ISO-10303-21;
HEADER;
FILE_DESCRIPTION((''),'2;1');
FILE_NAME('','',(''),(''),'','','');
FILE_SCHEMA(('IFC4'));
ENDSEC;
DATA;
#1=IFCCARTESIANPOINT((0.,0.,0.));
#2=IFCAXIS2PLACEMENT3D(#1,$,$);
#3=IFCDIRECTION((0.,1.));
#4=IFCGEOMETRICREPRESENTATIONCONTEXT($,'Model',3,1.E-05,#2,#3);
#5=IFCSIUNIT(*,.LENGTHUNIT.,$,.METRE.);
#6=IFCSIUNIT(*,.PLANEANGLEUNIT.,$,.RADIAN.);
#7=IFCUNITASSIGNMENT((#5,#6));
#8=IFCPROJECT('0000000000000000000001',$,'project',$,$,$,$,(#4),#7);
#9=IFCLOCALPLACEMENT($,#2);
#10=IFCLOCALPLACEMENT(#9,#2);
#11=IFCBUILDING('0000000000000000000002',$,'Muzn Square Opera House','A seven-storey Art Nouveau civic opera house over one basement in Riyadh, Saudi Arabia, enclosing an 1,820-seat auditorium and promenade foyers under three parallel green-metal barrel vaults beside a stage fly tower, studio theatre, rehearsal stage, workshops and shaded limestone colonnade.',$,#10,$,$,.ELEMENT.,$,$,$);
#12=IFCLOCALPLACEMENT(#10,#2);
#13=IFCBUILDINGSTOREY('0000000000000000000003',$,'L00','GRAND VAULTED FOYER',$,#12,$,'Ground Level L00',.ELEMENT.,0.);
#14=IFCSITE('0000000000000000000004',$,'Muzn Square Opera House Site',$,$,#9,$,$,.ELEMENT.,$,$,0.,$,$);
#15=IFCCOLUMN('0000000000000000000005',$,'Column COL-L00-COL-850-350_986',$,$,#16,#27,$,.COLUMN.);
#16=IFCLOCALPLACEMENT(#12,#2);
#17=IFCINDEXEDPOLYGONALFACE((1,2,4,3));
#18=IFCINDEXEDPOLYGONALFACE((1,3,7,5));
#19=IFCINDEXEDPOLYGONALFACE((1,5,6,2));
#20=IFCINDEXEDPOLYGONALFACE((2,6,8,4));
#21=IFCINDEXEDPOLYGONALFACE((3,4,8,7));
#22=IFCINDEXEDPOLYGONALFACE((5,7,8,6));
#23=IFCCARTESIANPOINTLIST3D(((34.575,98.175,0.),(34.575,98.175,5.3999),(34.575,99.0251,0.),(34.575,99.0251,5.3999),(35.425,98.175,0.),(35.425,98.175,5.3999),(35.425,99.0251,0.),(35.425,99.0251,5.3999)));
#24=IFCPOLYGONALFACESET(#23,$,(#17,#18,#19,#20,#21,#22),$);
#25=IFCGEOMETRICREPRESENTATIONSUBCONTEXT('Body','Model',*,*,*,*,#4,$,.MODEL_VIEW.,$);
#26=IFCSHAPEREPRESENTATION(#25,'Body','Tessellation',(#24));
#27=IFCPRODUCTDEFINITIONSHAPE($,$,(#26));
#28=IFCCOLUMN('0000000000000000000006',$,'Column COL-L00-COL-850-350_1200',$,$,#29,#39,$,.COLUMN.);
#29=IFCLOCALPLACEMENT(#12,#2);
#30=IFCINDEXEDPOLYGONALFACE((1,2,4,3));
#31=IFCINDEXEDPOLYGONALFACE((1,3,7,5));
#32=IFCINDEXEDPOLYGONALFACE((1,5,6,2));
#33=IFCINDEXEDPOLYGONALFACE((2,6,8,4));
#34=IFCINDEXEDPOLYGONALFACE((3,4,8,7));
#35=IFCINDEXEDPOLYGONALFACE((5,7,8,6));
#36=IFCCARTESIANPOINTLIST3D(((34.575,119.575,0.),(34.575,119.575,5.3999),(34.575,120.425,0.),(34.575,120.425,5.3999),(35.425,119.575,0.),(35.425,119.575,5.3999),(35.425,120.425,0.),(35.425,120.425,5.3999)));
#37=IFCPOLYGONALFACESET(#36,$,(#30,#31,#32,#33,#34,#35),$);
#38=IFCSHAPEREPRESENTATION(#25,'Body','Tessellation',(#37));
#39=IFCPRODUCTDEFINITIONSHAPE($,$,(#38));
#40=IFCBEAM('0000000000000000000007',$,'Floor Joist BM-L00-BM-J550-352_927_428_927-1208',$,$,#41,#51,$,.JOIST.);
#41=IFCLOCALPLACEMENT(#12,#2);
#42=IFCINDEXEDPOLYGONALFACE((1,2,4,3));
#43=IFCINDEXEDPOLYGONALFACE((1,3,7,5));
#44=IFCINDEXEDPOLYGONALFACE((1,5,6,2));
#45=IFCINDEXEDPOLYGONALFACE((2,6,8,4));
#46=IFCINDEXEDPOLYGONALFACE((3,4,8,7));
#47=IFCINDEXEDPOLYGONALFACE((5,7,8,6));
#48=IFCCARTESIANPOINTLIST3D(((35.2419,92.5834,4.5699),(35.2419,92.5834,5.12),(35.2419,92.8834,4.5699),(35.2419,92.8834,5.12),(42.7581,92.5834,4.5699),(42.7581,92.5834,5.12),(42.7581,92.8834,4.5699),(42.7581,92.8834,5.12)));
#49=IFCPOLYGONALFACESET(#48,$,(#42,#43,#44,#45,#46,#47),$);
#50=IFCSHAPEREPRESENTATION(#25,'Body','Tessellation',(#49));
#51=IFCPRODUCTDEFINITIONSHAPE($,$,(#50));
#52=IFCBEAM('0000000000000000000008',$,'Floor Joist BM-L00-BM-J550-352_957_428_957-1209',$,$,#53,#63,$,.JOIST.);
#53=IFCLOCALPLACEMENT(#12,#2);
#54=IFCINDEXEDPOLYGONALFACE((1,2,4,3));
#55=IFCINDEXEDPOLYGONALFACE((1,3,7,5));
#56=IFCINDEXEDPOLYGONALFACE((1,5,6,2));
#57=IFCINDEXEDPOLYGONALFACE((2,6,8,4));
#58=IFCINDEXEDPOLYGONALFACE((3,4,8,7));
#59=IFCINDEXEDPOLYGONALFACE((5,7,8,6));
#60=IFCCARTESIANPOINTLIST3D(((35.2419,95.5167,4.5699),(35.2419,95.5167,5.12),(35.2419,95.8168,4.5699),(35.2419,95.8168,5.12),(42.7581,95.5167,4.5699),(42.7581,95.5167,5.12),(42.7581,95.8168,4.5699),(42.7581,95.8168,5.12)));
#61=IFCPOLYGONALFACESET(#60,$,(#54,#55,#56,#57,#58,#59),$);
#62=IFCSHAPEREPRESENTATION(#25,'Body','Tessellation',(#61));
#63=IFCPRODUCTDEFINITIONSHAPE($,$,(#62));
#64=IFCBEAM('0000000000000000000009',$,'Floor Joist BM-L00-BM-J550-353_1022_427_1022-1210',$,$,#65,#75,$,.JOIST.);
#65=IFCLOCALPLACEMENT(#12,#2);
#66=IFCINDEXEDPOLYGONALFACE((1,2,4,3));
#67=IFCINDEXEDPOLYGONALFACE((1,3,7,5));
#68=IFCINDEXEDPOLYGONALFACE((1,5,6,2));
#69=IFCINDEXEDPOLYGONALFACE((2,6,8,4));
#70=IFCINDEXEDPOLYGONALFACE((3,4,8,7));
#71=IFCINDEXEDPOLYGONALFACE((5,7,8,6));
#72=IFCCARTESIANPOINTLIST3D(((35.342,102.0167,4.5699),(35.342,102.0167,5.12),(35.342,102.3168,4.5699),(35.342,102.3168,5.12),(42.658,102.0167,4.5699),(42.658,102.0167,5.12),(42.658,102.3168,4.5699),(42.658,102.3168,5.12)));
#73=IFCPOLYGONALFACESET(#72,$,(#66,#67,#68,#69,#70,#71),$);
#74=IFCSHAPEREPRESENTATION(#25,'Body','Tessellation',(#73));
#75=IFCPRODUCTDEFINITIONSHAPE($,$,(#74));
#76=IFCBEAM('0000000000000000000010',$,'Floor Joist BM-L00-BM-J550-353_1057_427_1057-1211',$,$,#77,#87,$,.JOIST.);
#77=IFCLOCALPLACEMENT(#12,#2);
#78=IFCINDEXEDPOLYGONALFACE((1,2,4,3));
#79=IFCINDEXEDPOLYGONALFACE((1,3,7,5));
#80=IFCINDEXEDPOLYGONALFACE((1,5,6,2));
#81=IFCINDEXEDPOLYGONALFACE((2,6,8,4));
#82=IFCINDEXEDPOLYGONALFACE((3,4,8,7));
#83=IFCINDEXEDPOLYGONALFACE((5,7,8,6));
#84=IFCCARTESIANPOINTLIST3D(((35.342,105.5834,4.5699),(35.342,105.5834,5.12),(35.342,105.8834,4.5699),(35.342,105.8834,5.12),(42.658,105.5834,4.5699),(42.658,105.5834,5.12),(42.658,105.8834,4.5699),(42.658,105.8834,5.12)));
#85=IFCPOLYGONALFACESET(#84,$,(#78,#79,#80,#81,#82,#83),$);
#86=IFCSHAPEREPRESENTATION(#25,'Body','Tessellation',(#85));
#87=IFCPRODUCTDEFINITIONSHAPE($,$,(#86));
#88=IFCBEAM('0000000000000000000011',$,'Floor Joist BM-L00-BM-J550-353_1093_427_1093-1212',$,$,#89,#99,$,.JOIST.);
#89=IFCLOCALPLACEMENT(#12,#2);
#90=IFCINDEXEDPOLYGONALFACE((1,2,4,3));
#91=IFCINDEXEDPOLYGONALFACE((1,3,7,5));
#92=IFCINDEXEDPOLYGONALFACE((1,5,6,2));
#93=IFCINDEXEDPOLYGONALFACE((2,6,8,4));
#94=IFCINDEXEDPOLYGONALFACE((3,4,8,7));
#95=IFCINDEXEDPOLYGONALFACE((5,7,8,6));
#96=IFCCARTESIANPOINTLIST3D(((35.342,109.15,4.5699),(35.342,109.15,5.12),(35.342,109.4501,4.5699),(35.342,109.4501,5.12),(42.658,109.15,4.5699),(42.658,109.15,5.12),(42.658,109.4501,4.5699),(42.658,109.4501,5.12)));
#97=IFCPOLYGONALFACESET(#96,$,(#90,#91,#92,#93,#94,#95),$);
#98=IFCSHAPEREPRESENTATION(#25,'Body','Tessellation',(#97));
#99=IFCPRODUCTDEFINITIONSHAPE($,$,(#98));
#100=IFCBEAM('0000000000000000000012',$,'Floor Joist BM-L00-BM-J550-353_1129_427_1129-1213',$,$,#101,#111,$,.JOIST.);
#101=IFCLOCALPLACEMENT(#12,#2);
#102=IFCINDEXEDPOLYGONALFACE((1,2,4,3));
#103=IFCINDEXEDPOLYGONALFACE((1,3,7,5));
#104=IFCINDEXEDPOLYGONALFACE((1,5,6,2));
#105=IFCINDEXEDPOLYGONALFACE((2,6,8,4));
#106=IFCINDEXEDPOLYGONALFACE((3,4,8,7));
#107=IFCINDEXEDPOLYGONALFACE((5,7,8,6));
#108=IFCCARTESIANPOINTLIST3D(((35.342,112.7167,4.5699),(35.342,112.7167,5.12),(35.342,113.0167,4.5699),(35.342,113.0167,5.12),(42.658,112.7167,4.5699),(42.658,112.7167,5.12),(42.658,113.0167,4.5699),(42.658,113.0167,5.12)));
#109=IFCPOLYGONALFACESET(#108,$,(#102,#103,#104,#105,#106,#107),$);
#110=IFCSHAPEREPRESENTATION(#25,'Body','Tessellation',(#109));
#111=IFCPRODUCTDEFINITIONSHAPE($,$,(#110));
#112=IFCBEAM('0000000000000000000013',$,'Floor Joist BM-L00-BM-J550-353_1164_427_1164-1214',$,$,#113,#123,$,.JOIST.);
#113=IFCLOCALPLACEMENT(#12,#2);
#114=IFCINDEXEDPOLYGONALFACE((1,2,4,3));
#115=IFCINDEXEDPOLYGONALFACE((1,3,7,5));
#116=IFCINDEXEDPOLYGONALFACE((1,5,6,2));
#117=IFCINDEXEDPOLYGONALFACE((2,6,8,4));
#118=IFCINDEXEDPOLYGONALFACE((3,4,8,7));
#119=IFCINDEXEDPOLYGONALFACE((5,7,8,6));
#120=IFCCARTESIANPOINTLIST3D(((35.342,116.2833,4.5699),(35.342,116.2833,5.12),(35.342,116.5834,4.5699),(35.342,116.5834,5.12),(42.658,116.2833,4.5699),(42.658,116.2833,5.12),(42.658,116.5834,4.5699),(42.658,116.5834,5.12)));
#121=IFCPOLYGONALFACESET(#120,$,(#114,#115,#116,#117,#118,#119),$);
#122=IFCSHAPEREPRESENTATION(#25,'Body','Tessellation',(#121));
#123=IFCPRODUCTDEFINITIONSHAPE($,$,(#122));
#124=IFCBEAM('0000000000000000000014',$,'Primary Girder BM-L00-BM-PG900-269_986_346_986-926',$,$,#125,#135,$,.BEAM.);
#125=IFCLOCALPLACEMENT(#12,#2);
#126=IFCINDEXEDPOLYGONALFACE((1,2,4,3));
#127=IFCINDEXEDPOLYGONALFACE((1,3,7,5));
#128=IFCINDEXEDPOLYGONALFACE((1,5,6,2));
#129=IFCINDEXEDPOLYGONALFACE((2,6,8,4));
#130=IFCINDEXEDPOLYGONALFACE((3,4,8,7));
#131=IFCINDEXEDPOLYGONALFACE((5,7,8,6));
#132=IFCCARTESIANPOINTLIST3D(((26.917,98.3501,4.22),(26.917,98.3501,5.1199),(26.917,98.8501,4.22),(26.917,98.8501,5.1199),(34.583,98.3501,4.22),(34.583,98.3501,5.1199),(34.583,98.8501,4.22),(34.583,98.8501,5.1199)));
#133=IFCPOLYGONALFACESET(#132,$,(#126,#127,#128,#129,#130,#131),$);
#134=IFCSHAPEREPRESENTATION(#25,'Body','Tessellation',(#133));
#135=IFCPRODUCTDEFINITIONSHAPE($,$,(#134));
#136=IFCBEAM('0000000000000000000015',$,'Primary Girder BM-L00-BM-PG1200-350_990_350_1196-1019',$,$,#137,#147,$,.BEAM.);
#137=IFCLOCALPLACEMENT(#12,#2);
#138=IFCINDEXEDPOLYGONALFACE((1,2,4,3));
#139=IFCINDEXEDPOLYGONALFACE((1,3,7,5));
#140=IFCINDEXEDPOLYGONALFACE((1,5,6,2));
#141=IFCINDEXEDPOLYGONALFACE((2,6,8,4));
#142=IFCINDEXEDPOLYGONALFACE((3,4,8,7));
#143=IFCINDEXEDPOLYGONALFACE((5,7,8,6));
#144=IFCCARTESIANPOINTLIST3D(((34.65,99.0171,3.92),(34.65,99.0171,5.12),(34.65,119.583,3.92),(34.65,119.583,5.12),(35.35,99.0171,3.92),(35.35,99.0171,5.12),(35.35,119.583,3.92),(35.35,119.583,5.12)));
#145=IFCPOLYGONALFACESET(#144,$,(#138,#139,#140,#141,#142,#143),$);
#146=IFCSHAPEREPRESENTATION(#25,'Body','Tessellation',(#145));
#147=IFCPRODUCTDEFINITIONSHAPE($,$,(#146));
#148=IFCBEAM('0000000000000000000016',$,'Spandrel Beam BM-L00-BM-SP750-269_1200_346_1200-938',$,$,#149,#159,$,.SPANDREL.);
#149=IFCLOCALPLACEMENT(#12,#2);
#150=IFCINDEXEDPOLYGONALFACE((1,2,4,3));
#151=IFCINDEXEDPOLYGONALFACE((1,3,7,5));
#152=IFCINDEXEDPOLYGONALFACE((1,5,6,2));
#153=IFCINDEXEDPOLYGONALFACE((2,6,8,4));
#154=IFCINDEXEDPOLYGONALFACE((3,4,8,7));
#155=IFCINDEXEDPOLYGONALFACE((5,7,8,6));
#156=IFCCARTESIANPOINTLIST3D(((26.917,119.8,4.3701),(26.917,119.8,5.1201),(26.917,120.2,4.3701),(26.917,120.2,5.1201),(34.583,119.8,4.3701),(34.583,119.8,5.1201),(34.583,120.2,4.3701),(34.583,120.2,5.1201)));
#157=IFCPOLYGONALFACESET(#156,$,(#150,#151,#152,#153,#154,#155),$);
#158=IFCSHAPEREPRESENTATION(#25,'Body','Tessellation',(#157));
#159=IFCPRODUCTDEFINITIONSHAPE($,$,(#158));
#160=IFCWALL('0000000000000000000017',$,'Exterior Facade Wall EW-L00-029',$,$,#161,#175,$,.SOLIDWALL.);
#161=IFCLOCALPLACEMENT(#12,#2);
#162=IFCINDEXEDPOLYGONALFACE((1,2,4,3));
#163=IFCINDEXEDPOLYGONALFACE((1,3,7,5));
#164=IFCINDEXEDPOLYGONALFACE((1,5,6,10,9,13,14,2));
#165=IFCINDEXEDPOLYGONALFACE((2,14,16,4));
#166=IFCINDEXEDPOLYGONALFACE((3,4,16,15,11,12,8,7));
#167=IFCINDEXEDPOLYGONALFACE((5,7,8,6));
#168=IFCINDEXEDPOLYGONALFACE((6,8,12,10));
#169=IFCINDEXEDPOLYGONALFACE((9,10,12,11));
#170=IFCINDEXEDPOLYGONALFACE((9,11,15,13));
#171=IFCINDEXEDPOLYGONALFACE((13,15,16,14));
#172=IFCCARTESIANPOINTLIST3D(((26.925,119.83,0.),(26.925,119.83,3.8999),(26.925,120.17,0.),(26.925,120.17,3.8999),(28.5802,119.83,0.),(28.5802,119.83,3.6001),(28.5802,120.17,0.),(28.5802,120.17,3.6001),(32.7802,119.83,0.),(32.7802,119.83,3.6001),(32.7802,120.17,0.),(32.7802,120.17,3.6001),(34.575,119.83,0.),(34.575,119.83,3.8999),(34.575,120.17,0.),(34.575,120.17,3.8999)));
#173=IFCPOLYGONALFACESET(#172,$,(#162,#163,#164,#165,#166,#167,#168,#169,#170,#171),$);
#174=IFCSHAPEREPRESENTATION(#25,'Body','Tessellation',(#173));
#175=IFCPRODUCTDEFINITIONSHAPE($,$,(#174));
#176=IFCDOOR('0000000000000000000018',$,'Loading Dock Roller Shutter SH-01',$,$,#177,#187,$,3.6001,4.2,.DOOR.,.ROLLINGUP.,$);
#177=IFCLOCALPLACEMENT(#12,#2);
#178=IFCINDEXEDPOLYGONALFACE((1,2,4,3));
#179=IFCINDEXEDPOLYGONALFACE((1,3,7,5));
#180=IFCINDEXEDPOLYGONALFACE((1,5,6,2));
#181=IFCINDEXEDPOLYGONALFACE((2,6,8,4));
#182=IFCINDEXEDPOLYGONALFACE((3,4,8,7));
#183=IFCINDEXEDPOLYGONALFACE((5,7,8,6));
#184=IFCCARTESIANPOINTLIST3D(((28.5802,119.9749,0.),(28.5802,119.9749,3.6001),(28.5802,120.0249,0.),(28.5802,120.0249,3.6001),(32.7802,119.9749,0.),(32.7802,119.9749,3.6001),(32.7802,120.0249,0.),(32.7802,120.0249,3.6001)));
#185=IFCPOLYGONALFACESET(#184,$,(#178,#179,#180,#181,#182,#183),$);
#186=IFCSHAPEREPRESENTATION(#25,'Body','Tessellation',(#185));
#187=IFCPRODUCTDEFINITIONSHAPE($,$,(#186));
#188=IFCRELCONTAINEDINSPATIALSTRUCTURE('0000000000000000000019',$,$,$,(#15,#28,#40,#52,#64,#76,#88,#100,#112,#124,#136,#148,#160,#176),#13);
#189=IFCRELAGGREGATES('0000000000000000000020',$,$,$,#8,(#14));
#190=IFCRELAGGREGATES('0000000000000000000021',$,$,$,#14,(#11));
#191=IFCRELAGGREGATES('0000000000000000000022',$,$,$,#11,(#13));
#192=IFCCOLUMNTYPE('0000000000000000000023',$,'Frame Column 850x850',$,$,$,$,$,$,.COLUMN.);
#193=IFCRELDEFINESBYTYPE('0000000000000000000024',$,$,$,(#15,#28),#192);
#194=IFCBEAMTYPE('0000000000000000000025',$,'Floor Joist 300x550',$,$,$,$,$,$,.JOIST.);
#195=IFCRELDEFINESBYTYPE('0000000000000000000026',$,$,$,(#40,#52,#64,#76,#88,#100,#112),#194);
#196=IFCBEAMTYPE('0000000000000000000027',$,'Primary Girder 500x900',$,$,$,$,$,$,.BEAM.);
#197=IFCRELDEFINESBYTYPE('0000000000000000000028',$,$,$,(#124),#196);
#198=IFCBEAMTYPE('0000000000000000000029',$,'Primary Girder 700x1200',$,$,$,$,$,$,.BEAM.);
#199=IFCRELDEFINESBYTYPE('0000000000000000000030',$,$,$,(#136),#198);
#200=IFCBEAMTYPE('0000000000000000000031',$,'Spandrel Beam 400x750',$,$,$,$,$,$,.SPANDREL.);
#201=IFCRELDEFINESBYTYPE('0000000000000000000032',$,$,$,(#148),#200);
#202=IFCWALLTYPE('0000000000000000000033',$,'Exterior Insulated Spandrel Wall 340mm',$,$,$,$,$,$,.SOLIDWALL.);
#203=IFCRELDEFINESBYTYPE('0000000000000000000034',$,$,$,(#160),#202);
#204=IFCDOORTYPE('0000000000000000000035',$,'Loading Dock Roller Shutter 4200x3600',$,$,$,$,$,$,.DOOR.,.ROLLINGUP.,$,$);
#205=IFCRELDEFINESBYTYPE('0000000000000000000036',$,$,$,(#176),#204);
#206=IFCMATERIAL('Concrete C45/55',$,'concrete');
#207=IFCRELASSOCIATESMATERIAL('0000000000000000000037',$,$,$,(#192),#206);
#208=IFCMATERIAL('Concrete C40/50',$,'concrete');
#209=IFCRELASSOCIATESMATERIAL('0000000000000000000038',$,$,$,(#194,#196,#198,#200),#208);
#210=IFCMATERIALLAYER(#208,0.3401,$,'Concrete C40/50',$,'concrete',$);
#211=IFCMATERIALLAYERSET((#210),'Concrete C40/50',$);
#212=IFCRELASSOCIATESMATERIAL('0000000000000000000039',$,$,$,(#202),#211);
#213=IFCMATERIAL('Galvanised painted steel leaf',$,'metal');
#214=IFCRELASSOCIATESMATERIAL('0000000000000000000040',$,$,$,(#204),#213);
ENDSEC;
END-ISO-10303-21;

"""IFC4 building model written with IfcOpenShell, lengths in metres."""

from ifc_helpers import new_model, si_unit, direction, frame, frame_2d, origin, origin_2d, place, context, subcontext, project, spatial, rectangle, extrude, material, layer, layer_set, material_profile, profile_set, type_object, element, fill, save


model = new_model("IFC4")

# Units and contexts
model_context = context("Model", 3, precision=1e-05, world=origin(), true_north=direction((0.0, 1.0)))
body_context = subcontext(model_context, "Body", "Model", "MODEL_VIEW")
ifc_project = project(units=[si_unit("LENGTHUNIT", "METRE"), si_unit("PLANEANGLEUNIT", "RADIAN")], contexts=[model_context])

# Site, building, storey
site_placement = place(None, origin())
site = spatial("IfcSite", under=ifc_project, at=site_placement, Name="Muzn Square Opera House Site", CompositionType="ELEMENT", RefElevation=0.0)
building_placement = place(site_placement, origin())
building = spatial("IfcBuilding", under=site, at=building_placement, Name="Muzn Square Opera House", Description="A seven-storey Art Nouveau civic opera house over one basement in Riyadh, Saudi Arabia, enclosing an 1,820-seat auditorium and promenade foyers under three parallel green-metal barrel vaults beside a stage fly tower, studio theatre, rehearsal stage, workshops and shaded limestone colonnade.", CompositionType="ELEMENT")
storey_placement = place(building_placement, origin())
storey = spatial("IfcBuildingStorey", under=building, at=storey_placement, Name="L00", Description="GRAND VAULTED FOYER", LongName="Ground Level L00", CompositionType="ELEMENT", Elevation=0.0)

# Columns
ifc_material_1 = material(Name="Concrete C45/55", Category="concrete")
ifc_material_profile_1 = material_profile(ifc_material_1, rectangle(XDim=0.8501, YDim=0.8501, at=origin_2d()), Name="RC 850x850", Category="concrete")
ifc_profile_set_1 = profile_set([ifc_material_profile_1], Name="Concrete C45/55")
column_type = type_object("IfcColumnType", Name="Frame Column 850x850", PredefinedType="COLUMN", material=ifc_profile_set_1)
for number, where, z_axis, x_axis, name in (
    (1, (35.0, 98.6001, 0.0), (0.0, 0.0, 1.0), (1.0, 0.0, 0.0), "Column COL-L00-COL-850-350_986"),
    (2, (35.0, 120.0, 0.0), (0.0, 0.0, 1.0), (1.0, 0.0, 0.0), "Column COL-L00-COL-850-350_1200"),
):
    element("IfcColumn", number, at=place(storey_placement, frame(where, z_axis=z_axis, x_axis=x_axis)), inside=storey, type_object=column_type, Name=name, PredefinedType="COLUMN", context=body_context, shape_type="SweptSolid", body=[
        extrude(rectangle(XDim=0.8501, YDim=0.8501, at=origin_2d()), origin(), (0.0, 0.0, 1.0), 5.3999),
    ])

# Beams
ifc_material_2 = material(Name="Concrete C40/50", Category="concrete")
ifc_material_profile_2 = material_profile(ifc_material_2, rectangle(XDim=0.3, YDim=0.55, at=origin_2d()), Name="RCJ 300x550", Category="concrete")
ifc_profile_set_2 = profile_set([ifc_material_profile_2], Name="Concrete C40/50")
beam_type_1 = type_object("IfcBeamType", Name="Floor Joist 300x550", PredefinedType="JOIST", material=ifc_profile_set_2)
for number, where, z_axis, x_axis, name in (
    (3, (35.2419, 92.7334, 4.845), (1.0, 0.0, 0.0), (0.0, 1.0, 0.0), "Floor Joist BM-L00-BM-J550-352_927_428_927-1208"),
    (4, (35.2419, 95.6667, 4.845), (1.0, 0.0, 0.0), (0.0, 1.0, 0.0), "Floor Joist BM-L00-BM-J550-352_957_428_957-1209"),
):
    element("IfcBeam", number, at=place(storey_placement, frame(where, z_axis=z_axis, x_axis=x_axis)), inside=storey, type_object=beam_type_1, Name=name, PredefinedType="JOIST", context=body_context, shape_type="SweptSolid", body=[
        extrude(rectangle(XDim=0.3, YDim=0.55, at=origin_2d()), origin(), (0.0, 0.0, 1.0), 7.5161),
    ])
for number, where, z_axis, x_axis, name in (
    (5, (35.342, 102.1667, 4.845), (1.0, 0.0, 0.0), (0.0, 1.0, 0.0), "Floor Joist BM-L00-BM-J550-353_1022_427_1022-1210"),
    (6, (35.342, 105.7334, 4.845), (1.0, 0.0, 0.0), (0.0, 1.0, 0.0), "Floor Joist BM-L00-BM-J550-353_1057_427_1057-1211"),
    (7, (35.342, 109.3, 4.845), (1.0, 0.0, 0.0), (0.0, 1.0, 0.0), "Floor Joist BM-L00-BM-J550-353_1093_427_1093-1212"),
    (8, (35.342, 112.8667, 4.845), (1.0, 0.0, 0.0), (0.0, 1.0, 0.0), "Floor Joist BM-L00-BM-J550-353_1129_427_1129-1213"),
    (9, (35.342, 116.4333, 4.845), (1.0, 0.0, 0.0), (0.0, 1.0, 0.0), "Floor Joist BM-L00-BM-J550-353_1164_427_1164-1214"),
):
    element("IfcBeam", number, at=place(storey_placement, frame(where, z_axis=z_axis, x_axis=x_axis)), inside=storey, type_object=beam_type_1, Name=name, PredefinedType="JOIST", context=body_context, shape_type="SweptSolid", body=[
        extrude(rectangle(XDim=0.3, YDim=0.55, at=origin_2d()), origin(), (0.0, 0.0, 1.0), 7.3159),
    ])
ifc_material_profile_3 = material_profile(ifc_material_2, rectangle(XDim=0.5, YDim=0.8999, at=origin_2d()), Name="RCB 500x900", Category="concrete")
ifc_profile_set_3 = profile_set([ifc_material_profile_3], Name="Concrete C40/50")
beam_type_2 = type_object("IfcBeamType", Name="Primary Girder 500x900", PredefinedType="BEAM", material=ifc_profile_set_3)
beam_1_placement = place(storey_placement, frame((26.917, 98.6001, 4.6699), z_axis=(1.0, 0.0, 0.0), x_axis=(0.0, 1.0, 0.0)))
element("IfcBeam", 10, at=beam_1_placement, inside=storey, type_object=beam_type_2, Name="Primary Girder BM-L00-BM-PG900-269_986_346_986-926", PredefinedType="BEAM", context=body_context, shape_type="SweptSolid", body=[
    extrude(rectangle(XDim=0.5, YDim=0.8999, at=origin_2d()), origin(), (0.0, 0.0, 1.0), 7.666),
])
ifc_material_profile_4 = material_profile(ifc_material_2, rectangle(XDim=0.7, YDim=1.2, at=origin_2d()), Name="RCB 700x1200", Category="concrete")
ifc_profile_set_4 = profile_set([ifc_material_profile_4], Name="Concrete C40/50")
beam_type_3 = type_object("IfcBeamType", Name="Primary Girder 700x1200", PredefinedType="BEAM", material=ifc_profile_set_4)
beam_2_placement = place(storey_placement, frame((35.0, 99.0171, 4.52), z_axis=(0.0, 1.0, 0.0), x_axis=(-1.0, 0.0, 0.0)))
element("IfcBeam", 11, at=beam_2_placement, inside=storey, type_object=beam_type_3, Name="Primary Girder BM-L00-BM-PG1200-350_990_350_1196-1019", PredefinedType="BEAM", context=body_context, shape_type="SweptSolid", body=[
    extrude(rectangle(XDim=0.7, YDim=1.2, at=origin_2d()), origin(), (0.0, 0.0, 1.0), 20.5659),
])
ifc_material_profile_5 = material_profile(ifc_material_2, rectangle(XDim=0.3999, YDim=0.75, at=origin_2d()), Name="RCS 400x750", Category="concrete")
ifc_profile_set_5 = profile_set([ifc_material_profile_5], Name="Concrete C40/50")
beam_type_4 = type_object("IfcBeamType", Name="Spandrel Beam 400x750", PredefinedType="SPANDREL", material=ifc_profile_set_5)
beam_3_placement = place(storey_placement, frame((26.917, 120.0, 4.7451), z_axis=(1.0, 0.0, 0.0), x_axis=(0.0, 1.0, 0.0)))
element("IfcBeam", 12, at=beam_3_placement, inside=storey, type_object=beam_type_4, Name="Spandrel Beam BM-L00-BM-SP750-269_1200_346_1200-938", PredefinedType="SPANDREL", context=body_context, shape_type="SweptSolid", body=[
    extrude(rectangle(XDim=0.3999, YDim=0.75, at=origin_2d()), origin(), (0.0, 0.0, 1.0), 7.666),
])

# Wall, opening, door
ifc_layer_1 = layer(ifc_material_2, 0.3401, Name="Concrete C40/50", Category="concrete")
ifc_layer_set_1 = layer_set([ifc_layer_1], Name="Concrete C40/50")
wall_type_1 = type_object("IfcWallType", Name="Exterior Insulated Spandrel Wall 340mm", PredefinedType="SOLIDWALL", material=ifc_layer_set_1)
wall_1_placement = place(storey_placement, frame((26.925, 120.0, 0.0), z_axis=(0.0, 0.0, 1.0), x_axis=(1.0, 0.0, 0.0)))
wall_1 = element("IfcWall", 13, at=wall_1_placement, inside=storey, type_object=wall_type_1, Name="Exterior Facade Wall EW-L00-029", PredefinedType="SOLIDWALL", context=body_context, shape_type="SweptSolid", body=[
    extrude(rectangle(XDim=7.6499, YDim=0.3401, at=frame_2d((3.825, 0.0))), origin(), (0.0, 0.0, 1.0), 3.8999),
])
opening_placement = place(wall_1_placement, frame((1.655, 0.0, 0.0)))
opening = element("IfcOpeningElement", 14, at=opening_placement, cuts=wall_1, PredefinedType="OPENING", context=body_context, shape_type="SweptSolid", body=[
    extrude(rectangle(XDim=4.2, YDim=3.6001, at=frame_2d((2.1001, 1.8))), frame((0.0, 0.1799, 0.0), z_axis=(0.0, -1.0, 0.0), x_axis=(1.0, 0.0, 0.0)), (0.0, 0.0, 1.0), 0.3601),
])
ifc_material_3 = material(Name="Galvanised painted steel leaf", Category="metal")
door_type = type_object("IfcDoorType", Name="Loading Dock Roller Shutter 4200x3600", OperationType="ROLLINGUP", PredefinedType="DOOR", material=ifc_material_3)
door_placement = place(opening_placement, origin())
door = element("IfcDoor", 15, at=door_placement, inside=storey, type_object=door_type, Name="Loading Dock Roller Shutter SH-01", OperationType="ROLLINGUP", OverallHeight=3.6001, OverallWidth=4.2, PredefinedType="DOOR", context=body_context, shape_type="SweptSolid", body=[
    extrude(rectangle(XDim=4.2, YDim=3.6001, at=frame_2d((2.1001, 1.8))), frame((0.0, 0.0249, 0.0), z_axis=(0.0, -1.0, 0.0), x_axis=(1.0, 0.0, 0.0)), (0.0, 0.0, 1.0), 0.05),
])
fill(opening, door)

save(model, "model.ifc")
